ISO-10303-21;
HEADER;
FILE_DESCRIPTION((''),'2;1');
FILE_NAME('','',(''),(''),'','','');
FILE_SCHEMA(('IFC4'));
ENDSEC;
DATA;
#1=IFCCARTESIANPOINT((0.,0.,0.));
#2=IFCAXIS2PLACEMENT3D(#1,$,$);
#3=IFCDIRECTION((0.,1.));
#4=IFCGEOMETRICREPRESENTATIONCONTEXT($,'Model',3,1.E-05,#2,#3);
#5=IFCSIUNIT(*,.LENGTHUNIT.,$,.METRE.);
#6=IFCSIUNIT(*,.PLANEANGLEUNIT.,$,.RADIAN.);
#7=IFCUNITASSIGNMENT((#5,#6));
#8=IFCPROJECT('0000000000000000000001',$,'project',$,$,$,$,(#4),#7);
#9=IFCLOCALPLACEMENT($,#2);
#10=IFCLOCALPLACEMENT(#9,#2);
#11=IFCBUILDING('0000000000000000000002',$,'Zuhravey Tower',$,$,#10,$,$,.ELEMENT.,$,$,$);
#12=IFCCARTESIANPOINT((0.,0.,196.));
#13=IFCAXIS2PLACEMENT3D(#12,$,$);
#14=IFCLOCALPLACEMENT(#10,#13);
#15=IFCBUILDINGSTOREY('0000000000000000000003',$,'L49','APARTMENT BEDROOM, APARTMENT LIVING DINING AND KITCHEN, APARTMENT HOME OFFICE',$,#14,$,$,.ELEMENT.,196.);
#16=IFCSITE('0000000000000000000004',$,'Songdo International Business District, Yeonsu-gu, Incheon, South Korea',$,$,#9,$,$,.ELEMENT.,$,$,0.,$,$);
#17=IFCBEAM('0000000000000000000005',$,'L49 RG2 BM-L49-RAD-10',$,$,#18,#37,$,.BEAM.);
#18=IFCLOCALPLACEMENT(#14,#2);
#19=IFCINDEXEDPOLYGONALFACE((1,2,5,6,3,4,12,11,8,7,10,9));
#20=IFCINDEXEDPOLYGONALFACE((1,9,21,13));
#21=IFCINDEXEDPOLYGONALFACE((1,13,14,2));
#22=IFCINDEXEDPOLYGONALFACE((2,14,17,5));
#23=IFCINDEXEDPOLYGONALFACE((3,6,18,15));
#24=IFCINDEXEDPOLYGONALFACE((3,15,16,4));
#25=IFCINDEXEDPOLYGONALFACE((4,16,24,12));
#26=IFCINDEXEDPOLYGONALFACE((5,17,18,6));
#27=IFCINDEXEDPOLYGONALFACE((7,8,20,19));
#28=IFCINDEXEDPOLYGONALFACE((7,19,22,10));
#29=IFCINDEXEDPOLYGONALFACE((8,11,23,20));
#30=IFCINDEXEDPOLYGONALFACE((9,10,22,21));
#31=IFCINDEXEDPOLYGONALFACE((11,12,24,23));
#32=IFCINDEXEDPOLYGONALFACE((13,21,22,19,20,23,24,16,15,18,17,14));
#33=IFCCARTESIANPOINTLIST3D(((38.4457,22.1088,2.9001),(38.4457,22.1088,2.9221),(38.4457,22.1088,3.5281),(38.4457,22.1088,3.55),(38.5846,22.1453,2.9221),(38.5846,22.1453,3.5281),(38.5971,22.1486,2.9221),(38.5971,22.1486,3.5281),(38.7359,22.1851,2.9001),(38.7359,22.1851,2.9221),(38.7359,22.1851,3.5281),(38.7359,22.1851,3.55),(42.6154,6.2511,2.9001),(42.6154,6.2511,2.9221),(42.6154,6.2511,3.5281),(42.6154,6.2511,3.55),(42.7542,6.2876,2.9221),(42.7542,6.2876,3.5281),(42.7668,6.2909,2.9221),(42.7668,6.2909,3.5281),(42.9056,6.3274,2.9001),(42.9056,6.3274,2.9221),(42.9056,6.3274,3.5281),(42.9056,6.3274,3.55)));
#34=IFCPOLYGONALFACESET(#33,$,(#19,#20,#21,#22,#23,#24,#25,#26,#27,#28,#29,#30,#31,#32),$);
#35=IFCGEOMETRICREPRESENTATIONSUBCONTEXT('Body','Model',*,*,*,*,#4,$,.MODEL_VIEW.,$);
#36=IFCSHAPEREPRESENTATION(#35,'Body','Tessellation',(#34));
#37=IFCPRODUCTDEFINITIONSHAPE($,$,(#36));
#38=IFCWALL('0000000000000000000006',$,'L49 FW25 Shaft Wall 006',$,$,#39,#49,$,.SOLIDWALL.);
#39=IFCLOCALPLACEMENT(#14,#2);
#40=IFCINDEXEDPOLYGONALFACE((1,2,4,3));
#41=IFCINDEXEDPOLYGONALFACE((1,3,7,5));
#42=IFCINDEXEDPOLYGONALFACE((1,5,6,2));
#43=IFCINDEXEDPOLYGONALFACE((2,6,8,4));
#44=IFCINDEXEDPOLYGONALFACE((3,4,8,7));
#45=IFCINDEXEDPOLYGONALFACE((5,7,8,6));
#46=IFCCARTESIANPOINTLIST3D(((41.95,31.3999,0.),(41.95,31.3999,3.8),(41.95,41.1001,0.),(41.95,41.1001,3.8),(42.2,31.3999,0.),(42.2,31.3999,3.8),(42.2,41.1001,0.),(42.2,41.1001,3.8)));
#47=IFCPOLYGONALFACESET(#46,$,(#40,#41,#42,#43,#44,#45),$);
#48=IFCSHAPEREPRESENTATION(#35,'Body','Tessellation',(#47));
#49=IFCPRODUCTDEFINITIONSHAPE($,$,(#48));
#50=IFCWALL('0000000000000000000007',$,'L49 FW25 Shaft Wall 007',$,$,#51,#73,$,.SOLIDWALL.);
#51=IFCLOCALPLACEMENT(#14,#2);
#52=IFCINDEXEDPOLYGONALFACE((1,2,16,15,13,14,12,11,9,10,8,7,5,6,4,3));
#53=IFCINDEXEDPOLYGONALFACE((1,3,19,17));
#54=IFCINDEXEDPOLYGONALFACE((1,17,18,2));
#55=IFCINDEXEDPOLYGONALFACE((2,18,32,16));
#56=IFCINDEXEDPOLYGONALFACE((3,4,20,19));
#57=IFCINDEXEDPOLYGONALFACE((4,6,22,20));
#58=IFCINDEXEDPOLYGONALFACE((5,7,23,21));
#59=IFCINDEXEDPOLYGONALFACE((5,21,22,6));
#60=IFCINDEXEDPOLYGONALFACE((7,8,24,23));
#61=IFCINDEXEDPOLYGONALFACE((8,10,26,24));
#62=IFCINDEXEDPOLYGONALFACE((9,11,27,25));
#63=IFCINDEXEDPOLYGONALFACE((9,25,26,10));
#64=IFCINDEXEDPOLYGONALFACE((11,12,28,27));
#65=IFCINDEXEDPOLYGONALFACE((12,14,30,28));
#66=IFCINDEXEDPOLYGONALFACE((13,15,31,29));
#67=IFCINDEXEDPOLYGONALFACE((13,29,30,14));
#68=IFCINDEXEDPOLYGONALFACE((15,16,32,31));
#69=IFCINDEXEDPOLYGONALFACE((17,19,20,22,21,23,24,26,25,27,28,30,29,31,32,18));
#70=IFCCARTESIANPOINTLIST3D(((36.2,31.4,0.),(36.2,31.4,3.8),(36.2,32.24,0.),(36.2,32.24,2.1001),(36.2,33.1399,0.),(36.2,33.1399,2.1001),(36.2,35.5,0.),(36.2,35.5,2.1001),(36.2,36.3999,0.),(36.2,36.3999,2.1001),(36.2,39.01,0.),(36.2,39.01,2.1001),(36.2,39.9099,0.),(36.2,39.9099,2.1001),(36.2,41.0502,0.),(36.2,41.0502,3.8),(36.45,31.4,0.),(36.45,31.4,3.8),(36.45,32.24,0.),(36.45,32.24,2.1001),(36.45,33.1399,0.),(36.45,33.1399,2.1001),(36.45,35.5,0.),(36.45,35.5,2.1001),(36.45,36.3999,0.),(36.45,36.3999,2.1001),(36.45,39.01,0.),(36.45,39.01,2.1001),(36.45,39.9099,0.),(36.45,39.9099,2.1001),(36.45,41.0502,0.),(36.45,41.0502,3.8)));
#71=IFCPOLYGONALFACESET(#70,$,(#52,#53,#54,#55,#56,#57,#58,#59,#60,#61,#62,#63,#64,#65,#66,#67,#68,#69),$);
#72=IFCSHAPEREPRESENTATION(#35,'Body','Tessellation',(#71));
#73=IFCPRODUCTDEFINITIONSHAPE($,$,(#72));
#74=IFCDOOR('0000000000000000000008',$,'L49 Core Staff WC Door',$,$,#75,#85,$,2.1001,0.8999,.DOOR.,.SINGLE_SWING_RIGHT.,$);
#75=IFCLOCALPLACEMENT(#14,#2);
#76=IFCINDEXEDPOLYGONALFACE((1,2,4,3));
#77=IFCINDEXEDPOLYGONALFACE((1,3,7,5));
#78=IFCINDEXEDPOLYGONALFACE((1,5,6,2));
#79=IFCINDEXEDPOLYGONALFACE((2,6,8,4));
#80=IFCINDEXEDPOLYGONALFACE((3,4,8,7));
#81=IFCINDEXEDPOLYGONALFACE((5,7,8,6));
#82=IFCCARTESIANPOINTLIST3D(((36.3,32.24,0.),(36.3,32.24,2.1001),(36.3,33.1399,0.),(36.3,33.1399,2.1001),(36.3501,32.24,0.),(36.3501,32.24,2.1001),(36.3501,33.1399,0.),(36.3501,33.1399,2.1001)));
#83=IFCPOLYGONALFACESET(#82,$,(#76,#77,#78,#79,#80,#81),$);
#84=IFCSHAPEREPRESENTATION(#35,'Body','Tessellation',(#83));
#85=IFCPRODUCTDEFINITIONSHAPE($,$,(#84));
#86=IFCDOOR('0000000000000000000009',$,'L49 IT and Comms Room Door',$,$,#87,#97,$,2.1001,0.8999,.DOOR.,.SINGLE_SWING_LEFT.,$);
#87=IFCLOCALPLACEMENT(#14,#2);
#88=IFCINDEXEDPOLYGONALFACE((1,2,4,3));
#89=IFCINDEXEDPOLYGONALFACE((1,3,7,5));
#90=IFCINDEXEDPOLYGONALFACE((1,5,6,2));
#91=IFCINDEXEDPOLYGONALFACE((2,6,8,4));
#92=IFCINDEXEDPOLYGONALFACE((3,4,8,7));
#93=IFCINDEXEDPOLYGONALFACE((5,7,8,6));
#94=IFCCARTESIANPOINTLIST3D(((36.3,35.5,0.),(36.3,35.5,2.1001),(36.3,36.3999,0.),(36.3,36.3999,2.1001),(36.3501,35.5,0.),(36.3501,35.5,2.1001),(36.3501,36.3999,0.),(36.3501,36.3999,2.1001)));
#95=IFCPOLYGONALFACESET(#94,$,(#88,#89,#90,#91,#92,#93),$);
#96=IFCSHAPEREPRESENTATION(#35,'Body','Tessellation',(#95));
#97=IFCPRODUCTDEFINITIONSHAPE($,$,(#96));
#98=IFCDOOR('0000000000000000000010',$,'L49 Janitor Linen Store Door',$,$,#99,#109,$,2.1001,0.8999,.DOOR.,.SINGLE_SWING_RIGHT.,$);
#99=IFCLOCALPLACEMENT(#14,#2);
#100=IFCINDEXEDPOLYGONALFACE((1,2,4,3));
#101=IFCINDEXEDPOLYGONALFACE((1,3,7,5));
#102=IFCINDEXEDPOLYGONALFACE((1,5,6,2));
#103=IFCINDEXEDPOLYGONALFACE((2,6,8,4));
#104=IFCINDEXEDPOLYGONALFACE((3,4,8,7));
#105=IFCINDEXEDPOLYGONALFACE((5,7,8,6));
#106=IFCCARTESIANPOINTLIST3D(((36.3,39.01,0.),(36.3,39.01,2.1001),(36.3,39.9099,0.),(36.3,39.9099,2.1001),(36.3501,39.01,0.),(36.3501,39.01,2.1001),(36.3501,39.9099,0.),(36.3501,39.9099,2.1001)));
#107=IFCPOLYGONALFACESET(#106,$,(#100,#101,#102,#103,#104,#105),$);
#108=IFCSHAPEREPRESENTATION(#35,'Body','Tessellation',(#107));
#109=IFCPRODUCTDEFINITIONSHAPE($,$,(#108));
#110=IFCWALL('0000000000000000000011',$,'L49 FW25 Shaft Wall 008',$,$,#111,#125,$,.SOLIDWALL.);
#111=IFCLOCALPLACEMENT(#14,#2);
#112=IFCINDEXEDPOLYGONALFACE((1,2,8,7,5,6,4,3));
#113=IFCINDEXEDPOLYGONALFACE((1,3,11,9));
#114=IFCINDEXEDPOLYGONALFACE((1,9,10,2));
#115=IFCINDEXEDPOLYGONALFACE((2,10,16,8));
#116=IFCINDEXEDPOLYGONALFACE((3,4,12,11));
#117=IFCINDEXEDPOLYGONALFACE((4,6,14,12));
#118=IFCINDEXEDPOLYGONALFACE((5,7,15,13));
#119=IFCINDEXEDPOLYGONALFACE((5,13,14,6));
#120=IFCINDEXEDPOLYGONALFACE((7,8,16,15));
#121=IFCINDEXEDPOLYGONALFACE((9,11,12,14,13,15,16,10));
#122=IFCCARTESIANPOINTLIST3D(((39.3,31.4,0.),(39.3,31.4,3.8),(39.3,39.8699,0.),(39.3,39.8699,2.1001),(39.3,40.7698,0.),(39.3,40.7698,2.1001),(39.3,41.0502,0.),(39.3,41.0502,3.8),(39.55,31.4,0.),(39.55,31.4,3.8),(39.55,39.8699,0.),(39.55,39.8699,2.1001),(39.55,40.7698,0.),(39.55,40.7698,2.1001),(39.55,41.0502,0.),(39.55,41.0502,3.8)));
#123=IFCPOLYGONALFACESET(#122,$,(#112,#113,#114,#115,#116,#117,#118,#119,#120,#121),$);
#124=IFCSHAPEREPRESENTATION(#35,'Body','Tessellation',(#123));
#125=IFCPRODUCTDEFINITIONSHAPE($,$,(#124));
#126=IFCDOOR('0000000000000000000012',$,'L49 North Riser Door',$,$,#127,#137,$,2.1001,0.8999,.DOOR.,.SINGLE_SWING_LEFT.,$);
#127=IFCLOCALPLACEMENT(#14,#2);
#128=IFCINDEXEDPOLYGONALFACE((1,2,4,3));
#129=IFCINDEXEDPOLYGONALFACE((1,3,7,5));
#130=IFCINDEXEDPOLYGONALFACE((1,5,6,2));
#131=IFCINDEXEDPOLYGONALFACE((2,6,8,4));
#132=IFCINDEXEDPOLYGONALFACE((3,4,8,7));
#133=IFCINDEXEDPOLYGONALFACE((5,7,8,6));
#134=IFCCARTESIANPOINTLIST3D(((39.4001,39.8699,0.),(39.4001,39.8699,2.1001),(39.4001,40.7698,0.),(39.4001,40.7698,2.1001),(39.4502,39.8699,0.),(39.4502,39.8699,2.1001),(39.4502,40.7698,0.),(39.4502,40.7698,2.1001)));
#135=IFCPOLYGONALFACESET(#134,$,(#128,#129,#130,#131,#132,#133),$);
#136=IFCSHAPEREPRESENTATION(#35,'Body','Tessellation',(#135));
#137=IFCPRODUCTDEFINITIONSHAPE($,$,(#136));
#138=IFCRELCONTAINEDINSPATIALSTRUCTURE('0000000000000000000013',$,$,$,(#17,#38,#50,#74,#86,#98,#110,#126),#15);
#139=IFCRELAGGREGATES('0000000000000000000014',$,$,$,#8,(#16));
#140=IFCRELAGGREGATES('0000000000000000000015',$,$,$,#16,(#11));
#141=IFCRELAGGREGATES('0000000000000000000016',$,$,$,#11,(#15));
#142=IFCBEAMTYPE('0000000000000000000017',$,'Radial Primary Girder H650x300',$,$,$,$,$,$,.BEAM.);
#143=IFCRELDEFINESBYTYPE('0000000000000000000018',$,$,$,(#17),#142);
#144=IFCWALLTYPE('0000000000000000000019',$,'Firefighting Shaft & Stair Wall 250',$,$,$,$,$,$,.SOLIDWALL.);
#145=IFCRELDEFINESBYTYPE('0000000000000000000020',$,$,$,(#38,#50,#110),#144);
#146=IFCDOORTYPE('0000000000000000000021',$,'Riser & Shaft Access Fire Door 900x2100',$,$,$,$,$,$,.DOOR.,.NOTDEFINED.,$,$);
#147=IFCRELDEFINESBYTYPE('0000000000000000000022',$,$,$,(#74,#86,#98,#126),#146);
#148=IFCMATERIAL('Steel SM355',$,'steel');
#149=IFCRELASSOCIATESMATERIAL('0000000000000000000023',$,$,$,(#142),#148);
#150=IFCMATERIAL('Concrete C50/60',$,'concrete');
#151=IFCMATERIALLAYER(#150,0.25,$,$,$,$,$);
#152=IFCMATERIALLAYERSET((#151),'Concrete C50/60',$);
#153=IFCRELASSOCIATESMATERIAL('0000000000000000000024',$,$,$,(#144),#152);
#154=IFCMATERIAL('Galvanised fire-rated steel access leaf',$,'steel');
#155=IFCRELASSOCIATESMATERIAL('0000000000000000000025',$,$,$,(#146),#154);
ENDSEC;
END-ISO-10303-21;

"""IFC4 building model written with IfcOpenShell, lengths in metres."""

from ifc_helpers import new_model, si_unit, direction, frame, frame_2d, origin, origin_2d, place, context, subcontext, project, spatial, rectangle, i_section, extrude, material, layer, layer_set, material_profile, profile_set, type_object, element, fill, save


model = new_model("IFC4")

# Units and contexts
model_context = context("Model", 3, precision=1e-05, world=origin(), true_north=direction((0.0, 1.0)))
body_context = subcontext(model_context, "Body", "Model", "MODEL_VIEW")
ifc_project = project(units=[si_unit("LENGTHUNIT", "METRE"), si_unit("PLANEANGLEUNIT", "RADIAN")], contexts=[model_context])

# Site, building, storey
site_placement = place(None, origin())
site = spatial("IfcSite", under=ifc_project, at=site_placement, Name="Songdo International Business District, Yeonsu-gu, Incheon, South Korea", CompositionType="ELEMENT", RefElevation=0.0)
building_placement = place(site_placement, origin())
building = spatial("IfcBuilding", under=site, at=building_placement, Name="Zuhravey Tower", CompositionType="ELEMENT")
storey_placement = place(building_placement, frame((0.0, 0.0, 196.0)))
storey = spatial("IfcBuildingStorey", under=building, at=storey_placement, Name="L49", Description="APARTMENT BEDROOM, APARTMENT LIVING DINING AND KITCHEN, APARTMENT HOME OFFICE", CompositionType="ELEMENT", Elevation=196.0)

# Beam
ifc_material_1 = material(Name="Steel SM355", Category="steel")
ifc_material_profile = material_profile(ifc_material_1, i_section(OverallWidth=0.3, OverallDepth=0.6499, WebThickness=0.0129, FlangeThickness=0.022, at=origin_2d()), Name="H-650x300x13x22")
ifc_profile_set = profile_set([ifc_material_profile], Name="Steel SM355")
beam_type = type_object("IfcBeamType", Name="Radial Primary Girder H650x300", PredefinedType="BEAM", material=ifc_profile_set)
beam_placement = place(storey_placement, frame((38.5908, 22.147, 3.2251), z_axis=(0.2543, -0.967125, 0.0), x_axis=(0.967125, 0.2543, 0.0)))
element("IfcBeam", 1, at=beam_placement, inside=storey, type_object=beam_type, Name="L49 RG2 BM-L49-RAD-10", PredefinedType="BEAM", context=body_context, shape_type="SweptSolid", body=[
    extrude(i_section(OverallWidth=0.3, OverallDepth=0.6499, WebThickness=0.0129, FlangeThickness=0.022, at=origin_2d()), origin(), (0.0, 0.0, 1.0), 16.3967),
])

# Wall
ifc_material_2 = material(Name="Concrete C50/60", Category="concrete")
ifc_layer_1 = layer(ifc_material_2, 0.25)
ifc_layer_set_1 = layer_set([ifc_layer_1], Name="Concrete C50/60")
wall_type_1 = type_object("IfcWallType", Name="Firefighting Shaft & Stair Wall 250", PredefinedType="SOLIDWALL", material=ifc_layer_set_1)
wall_1_placement = place(storey_placement, frame((42.075, 31.3999, 0.0), z_axis=(0.0, 0.0, 1.0), x_axis=(0.0, 1.0, 0.0)))
element("IfcWall", 2, at=wall_1_placement, inside=storey, type_object=wall_type_1, Name="L49 FW25 Shaft Wall 006", PredefinedType="SOLIDWALL", context=body_context, shape_type="SweptSolid", body=[
    extrude(rectangle(XDim=9.7002, YDim=0.25, at=frame_2d((4.8501, 0.0))), origin(), (0.0, 0.0, 1.0), 3.8),
])

# Wall, openings, doors
wall_2_placement = place(storey_placement, frame((36.325, 31.3999, 0.0), z_axis=(0.0, 0.0, 1.0), x_axis=(0.0, 1.0, 0.0)))
wall_2 = element("IfcWall", 3, at=wall_2_placement, inside=storey, type_object=wall_type_1, Name="L49 FW25 Shaft Wall 007", PredefinedType="SOLIDWALL", context=body_context, shape_type="SweptSolid", body=[
    extrude(rectangle(XDim=9.6501, YDim=0.25, at=frame_2d((4.8252, 0.0))), origin(), (0.0, 0.0, 1.0), 3.8),
])
opening_1_placement = place(wall_2_placement, frame((0.8401, 0.0, 0.0)))
opening_1 = element("IfcOpeningElement", 4, at=opening_1_placement, cuts=wall_2, PredefinedType="OPENING", context=body_context, shape_type="SweptSolid", body=[
    extrude(rectangle(XDim=0.8999, YDim=2.1001, at=frame_2d((0.45, 1.05))), frame((0.0, 0.137, 0.0), z_axis=(0.0, -1.0, 0.0), x_axis=(1.0, 0.0, 0.0)), (0.0, 0.0, 1.0), 0.2739),
])
opening_2_placement = place(wall_2_placement, frame((4.1001, 0.0, 0.0)))
opening_2 = element("IfcOpeningElement", 5, at=opening_2_placement, cuts=wall_2, PredefinedType="OPENING", context=body_context, shape_type="SweptSolid", body=[
    extrude(rectangle(XDim=0.8999, YDim=2.1001, at=frame_2d((0.45, 1.05))), frame((0.0, 0.137, 0.0), z_axis=(0.0, -1.0, 0.0), x_axis=(1.0, 0.0, 0.0)), (0.0, 0.0, 1.0), 0.2739),
])
opening_3_placement = place(wall_2_placement, frame((7.6101, 0.0, 0.0)))
opening_3 = element("IfcOpeningElement", 6, at=opening_3_placement, cuts=wall_2, PredefinedType="OPENING", context=body_context, shape_type="SweptSolid", body=[
    extrude(rectangle(XDim=0.8999, YDim=2.1001, at=frame_2d((0.45, 1.05))), frame((0.0, 0.137, 0.0), z_axis=(0.0, -1.0, 0.0), x_axis=(1.0, 0.0, 0.0)), (0.0, 0.0, 1.0), 0.2739),
])
ifc_material_3 = material(Name="Galvanised fire-rated steel access leaf", Category="steel")
door_type_1 = type_object("IfcDoorType", Name="Riser & Shaft Access Fire Door 900x2100", OperationType="NOTDEFINED", PredefinedType="DOOR", material=ifc_material_3)
door_1_placement = place(opening_1_placement, origin())
door_1 = element("IfcDoor", 7, at=door_1_placement, inside=storey, type_object=door_type_1, Name="L49 Core Staff WC Door", OperationType="SINGLE_SWING_RIGHT", OverallHeight=2.1001, OverallWidth=0.8999, PredefinedType="DOOR", context=body_context, shape_type="SweptSolid", body=[
    extrude(rectangle(XDim=0.8999, YDim=2.1001, at=frame_2d((0.45, 1.05))), frame((0.0, 0.0249, 0.0), z_axis=(0.0, -1.0, 0.0), x_axis=(1.0, 0.0, 0.0)), (0.0, 0.0, 1.0), 0.05),
])
fill(opening_1, door_1)
door_2_placement = place(opening_2_placement, origin())
door_2 = element("IfcDoor", 8, at=door_2_placement, inside=storey, type_object=door_type_1, Name="L49 IT and Comms Room Door", OperationType="SINGLE_SWING_LEFT", OverallHeight=2.1001, OverallWidth=0.8999, PredefinedType="DOOR", context=body_context, shape_type="SweptSolid", body=[
    extrude(rectangle(XDim=0.8999, YDim=2.1001, at=frame_2d((0.45, 1.05))), frame((0.0, 0.0249, 0.0), z_axis=(0.0, -1.0, 0.0), x_axis=(1.0, 0.0, 0.0)), (0.0, 0.0, 1.0), 0.05),
])
fill(opening_2, door_2)
door_3_placement = place(opening_3_placement, origin())
door_3 = element("IfcDoor", 9, at=door_3_placement, inside=storey, type_object=door_type_1, Name="L49 Janitor Linen Store Door", OperationType="SINGLE_SWING_RIGHT", OverallHeight=2.1001, OverallWidth=0.8999, PredefinedType="DOOR", context=body_context, shape_type="SweptSolid", body=[
    extrude(rectangle(XDim=0.8999, YDim=2.1001, at=frame_2d((0.45, 1.05))), frame((0.0, 0.0249, 0.0), z_axis=(0.0, -1.0, 0.0), x_axis=(1.0, 0.0, 0.0)), (0.0, 0.0, 1.0), 0.05),
])
fill(opening_3, door_3)

# Wall, opening, door
wall_3_placement = place(storey_placement, frame((39.425, 31.3999, 0.0), z_axis=(0.0, 0.0, 1.0), x_axis=(0.0, 1.0, 0.0)))
wall_3 = element("IfcWall", 10, at=wall_3_placement, inside=storey, type_object=wall_type_1, Name="L49 FW25 Shaft Wall 008", PredefinedType="SOLIDWALL", context=body_context, shape_type="SweptSolid", body=[
    extrude(rectangle(XDim=9.6501, YDim=0.25, at=frame_2d((4.8252, 0.0))), origin(), (0.0, 0.0, 1.0), 3.8),
])
opening_4_placement = place(wall_3_placement, frame((8.47, 0.0, 0.0)))
opening_4 = element("IfcOpeningElement", 11, at=opening_4_placement, cuts=wall_3, PredefinedType="OPENING", context=body_context, shape_type="SweptSolid", body=[
    extrude(rectangle(XDim=0.8999, YDim=2.1001, at=frame_2d((0.45, 1.05))), frame((0.0, 0.137, 0.0), z_axis=(0.0, -1.0, 0.0), x_axis=(1.0, 0.0, 0.0)), (0.0, 0.0, 1.0), 0.2739),
])
door_4_placement = place(opening_4_placement, origin())
door_4 = element("IfcDoor", 12, at=door_4_placement, inside=storey, type_object=door_type_1, Name="L49 North Riser Door", OperationType="SINGLE_SWING_LEFT", OverallHeight=2.1001, OverallWidth=0.8999, PredefinedType="DOOR", context=body_context, shape_type="SweptSolid", body=[
    extrude(rectangle(XDim=0.8999, YDim=2.1001, at=frame_2d((0.45, 1.05))), frame((0.0, 0.0249, 0.0), z_axis=(0.0, -1.0, 0.0), x_axis=(1.0, 0.0, 0.0)), (0.0, 0.0, 1.0), 0.05),
])
fill(opening_4, door_4)

save(model, "model.ifc")
